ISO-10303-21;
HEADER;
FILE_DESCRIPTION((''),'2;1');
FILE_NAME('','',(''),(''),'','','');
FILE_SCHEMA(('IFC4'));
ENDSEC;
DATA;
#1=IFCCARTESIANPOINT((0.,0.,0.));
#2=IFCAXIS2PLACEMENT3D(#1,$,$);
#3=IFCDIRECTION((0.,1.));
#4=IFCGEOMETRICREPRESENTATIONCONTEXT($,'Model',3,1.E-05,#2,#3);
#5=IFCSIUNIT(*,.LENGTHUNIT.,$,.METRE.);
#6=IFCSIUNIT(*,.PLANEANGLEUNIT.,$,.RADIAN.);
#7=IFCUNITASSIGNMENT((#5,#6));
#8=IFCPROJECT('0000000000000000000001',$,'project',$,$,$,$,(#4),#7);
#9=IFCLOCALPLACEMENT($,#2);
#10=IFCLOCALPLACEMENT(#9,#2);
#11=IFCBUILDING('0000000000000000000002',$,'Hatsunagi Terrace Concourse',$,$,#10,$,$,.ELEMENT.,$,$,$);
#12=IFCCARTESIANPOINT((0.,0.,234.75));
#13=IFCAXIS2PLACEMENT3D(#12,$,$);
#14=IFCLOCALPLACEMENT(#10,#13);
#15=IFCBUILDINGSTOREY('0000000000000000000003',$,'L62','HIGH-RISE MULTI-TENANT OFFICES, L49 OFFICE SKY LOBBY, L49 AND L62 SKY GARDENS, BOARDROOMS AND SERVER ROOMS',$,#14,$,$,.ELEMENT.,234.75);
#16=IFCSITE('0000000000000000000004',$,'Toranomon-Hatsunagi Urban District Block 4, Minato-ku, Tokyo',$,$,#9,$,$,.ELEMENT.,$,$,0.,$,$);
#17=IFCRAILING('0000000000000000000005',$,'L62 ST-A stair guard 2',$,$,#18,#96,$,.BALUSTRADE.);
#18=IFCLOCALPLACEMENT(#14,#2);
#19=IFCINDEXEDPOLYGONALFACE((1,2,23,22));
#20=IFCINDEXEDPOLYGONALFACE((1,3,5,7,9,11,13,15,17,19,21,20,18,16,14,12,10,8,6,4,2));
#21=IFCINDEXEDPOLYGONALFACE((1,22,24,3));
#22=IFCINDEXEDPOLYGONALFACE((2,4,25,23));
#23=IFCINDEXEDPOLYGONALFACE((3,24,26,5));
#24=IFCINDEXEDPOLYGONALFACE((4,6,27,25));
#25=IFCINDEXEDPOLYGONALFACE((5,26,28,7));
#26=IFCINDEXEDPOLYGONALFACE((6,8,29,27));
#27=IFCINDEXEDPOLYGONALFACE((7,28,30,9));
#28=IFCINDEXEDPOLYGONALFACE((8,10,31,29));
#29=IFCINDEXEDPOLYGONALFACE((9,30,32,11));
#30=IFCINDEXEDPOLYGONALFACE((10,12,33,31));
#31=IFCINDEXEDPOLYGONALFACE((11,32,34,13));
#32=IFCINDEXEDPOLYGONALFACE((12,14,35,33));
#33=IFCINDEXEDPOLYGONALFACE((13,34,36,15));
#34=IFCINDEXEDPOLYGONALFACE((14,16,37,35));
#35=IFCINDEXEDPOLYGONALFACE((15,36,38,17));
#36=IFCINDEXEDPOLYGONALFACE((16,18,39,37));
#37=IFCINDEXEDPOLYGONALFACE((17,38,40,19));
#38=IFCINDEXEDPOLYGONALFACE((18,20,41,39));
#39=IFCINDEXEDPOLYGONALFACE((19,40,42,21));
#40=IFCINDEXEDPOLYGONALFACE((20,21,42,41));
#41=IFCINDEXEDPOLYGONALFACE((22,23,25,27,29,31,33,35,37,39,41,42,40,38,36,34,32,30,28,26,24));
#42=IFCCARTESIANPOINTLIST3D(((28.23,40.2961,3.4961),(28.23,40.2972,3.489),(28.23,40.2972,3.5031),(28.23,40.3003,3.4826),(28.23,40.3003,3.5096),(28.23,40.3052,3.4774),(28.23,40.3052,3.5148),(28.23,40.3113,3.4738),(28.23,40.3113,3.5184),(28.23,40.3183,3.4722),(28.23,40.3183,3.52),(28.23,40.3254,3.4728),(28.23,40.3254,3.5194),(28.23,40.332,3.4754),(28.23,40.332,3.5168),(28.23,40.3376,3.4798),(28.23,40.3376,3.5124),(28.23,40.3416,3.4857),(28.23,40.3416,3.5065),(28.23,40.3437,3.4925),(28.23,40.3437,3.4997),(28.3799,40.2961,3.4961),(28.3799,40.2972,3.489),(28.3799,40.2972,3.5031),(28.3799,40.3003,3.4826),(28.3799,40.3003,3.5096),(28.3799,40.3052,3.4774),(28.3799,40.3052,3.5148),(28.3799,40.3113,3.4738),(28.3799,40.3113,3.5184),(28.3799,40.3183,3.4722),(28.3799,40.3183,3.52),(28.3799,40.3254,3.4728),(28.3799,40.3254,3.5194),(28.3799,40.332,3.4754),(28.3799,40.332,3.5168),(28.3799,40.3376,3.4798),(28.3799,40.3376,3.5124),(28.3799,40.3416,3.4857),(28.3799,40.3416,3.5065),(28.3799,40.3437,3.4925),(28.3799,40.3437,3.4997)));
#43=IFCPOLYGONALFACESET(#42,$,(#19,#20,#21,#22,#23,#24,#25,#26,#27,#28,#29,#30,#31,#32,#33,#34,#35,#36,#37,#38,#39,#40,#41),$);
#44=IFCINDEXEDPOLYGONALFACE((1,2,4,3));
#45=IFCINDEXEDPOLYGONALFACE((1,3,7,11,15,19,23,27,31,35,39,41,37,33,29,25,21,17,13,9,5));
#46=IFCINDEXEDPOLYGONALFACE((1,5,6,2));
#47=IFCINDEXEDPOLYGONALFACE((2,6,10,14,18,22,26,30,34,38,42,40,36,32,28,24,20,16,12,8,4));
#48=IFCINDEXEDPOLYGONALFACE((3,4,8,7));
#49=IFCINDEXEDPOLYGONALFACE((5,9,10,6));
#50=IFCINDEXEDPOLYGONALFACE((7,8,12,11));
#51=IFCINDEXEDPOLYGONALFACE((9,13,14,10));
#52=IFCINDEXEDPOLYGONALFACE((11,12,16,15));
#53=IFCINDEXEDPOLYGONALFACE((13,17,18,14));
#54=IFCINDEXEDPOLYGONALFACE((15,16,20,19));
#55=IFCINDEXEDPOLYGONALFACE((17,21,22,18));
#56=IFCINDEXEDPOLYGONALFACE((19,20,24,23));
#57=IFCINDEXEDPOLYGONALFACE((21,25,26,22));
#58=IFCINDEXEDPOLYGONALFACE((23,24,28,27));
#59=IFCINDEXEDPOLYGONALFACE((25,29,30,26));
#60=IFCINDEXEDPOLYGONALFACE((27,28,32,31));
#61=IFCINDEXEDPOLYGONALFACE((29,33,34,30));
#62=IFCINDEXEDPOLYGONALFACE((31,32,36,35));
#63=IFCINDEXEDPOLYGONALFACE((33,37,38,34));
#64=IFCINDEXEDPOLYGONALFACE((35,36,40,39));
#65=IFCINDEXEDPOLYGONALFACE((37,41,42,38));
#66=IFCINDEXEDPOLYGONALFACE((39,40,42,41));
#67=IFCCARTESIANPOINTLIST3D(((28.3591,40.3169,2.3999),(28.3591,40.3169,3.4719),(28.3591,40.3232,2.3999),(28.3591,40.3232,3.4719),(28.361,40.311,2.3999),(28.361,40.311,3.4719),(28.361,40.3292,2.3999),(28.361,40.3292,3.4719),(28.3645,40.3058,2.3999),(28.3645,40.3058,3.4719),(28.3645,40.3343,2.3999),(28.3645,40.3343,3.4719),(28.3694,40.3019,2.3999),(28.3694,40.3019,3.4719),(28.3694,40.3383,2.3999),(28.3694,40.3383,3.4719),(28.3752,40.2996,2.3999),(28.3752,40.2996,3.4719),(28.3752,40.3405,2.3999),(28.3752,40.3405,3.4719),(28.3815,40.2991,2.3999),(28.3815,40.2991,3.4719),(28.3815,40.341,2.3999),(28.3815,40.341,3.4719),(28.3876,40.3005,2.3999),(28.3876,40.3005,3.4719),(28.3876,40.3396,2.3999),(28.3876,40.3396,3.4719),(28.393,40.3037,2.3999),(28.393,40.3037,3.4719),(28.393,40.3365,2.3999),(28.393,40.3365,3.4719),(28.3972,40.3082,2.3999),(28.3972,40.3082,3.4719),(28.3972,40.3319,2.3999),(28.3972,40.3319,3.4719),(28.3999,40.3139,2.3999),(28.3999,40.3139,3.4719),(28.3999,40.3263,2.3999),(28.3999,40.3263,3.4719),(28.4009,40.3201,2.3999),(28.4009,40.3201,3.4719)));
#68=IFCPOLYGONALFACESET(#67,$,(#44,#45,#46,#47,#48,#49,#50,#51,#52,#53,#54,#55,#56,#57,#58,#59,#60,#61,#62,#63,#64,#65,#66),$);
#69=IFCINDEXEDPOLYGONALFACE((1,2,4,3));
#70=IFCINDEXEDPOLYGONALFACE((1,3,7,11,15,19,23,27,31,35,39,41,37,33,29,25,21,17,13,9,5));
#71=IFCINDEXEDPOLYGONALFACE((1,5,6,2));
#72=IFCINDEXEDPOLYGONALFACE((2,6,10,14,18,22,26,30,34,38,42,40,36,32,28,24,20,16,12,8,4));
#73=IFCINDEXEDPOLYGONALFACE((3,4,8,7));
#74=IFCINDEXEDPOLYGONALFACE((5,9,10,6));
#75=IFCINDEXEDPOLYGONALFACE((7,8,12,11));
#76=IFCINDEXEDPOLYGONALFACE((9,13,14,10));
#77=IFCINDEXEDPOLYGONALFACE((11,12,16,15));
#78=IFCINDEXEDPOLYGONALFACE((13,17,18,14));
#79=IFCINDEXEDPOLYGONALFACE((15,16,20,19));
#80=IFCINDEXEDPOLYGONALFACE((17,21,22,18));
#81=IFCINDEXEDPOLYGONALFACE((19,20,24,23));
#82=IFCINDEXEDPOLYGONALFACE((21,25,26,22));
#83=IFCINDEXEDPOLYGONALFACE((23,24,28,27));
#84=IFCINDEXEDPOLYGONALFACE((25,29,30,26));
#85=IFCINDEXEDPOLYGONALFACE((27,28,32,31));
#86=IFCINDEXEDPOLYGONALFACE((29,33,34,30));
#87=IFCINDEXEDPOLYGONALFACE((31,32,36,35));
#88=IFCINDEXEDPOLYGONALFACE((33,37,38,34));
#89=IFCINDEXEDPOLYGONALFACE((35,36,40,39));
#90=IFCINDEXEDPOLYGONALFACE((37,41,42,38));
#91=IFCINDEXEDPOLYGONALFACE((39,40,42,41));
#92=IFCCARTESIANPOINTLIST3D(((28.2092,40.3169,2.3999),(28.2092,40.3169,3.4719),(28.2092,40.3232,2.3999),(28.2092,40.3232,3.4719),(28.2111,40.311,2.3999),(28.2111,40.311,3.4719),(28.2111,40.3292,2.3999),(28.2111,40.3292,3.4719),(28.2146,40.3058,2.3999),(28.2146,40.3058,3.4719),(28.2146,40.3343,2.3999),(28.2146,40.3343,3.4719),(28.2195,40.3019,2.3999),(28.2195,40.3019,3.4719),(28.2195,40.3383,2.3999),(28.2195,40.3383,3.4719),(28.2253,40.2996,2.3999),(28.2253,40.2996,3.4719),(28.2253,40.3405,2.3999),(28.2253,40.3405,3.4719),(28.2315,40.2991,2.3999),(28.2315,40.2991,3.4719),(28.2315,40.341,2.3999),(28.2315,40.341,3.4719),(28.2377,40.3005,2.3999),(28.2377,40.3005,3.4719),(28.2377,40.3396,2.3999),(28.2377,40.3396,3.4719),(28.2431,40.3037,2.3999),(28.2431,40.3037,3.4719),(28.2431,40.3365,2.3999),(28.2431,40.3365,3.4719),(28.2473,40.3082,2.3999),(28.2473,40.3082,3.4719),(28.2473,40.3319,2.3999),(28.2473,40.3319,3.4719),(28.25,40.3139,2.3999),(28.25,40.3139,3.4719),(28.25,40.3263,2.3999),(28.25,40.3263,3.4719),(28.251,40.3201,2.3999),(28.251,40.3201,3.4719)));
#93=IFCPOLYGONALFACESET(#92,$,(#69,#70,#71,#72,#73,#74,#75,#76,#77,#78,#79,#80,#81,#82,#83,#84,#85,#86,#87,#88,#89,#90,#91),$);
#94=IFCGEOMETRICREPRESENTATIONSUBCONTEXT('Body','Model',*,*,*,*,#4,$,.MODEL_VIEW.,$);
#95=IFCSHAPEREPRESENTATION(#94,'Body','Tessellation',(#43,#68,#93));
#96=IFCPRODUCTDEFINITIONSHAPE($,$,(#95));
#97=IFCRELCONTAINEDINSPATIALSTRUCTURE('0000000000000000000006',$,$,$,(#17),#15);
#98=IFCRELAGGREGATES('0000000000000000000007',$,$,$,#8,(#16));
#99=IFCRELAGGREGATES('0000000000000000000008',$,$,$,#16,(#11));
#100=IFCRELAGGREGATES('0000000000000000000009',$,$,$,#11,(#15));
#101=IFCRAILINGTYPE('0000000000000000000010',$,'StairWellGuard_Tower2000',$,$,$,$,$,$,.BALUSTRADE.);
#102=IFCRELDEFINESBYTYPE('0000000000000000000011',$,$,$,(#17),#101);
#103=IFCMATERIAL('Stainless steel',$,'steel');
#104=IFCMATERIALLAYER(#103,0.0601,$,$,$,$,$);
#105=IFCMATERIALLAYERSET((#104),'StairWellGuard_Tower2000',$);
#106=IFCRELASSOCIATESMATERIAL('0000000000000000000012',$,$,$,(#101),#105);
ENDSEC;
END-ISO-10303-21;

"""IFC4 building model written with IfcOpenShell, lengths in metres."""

from ifc_helpers import new_model, si_unit, direction, frame, origin, origin_2d, place, context, subcontext, project, spatial, circle, extrude, material, layer, layer_set, type_object, element, save


model = new_model("IFC4")

# Units and contexts
model_context = context("Model", 3, precision=1e-05, world=origin(), true_north=direction((0.0, 1.0)))
body_context = subcontext(model_context, "Body", "Model", "MODEL_VIEW")
ifc_project = project(units=[si_unit("LENGTHUNIT", "METRE"), si_unit("PLANEANGLEUNIT", "RADIAN")], contexts=[model_context])

# Site, building, storey
site_placement = place(None, origin())
site = spatial("IfcSite", under=ifc_project, at=site_placement, Name="Toranomon-Hatsunagi Urban District Block 4, Minato-ku, Tokyo", CompositionType="ELEMENT", RefElevation=0.0)
building_placement = place(site_placement, origin())
building = spatial("IfcBuilding", under=site, at=building_placement, Name="Hatsunagi Terrace Concourse", CompositionType="ELEMENT")
storey_placement = place(building_placement, frame((0.0, 0.0, 234.75)))
storey = spatial("IfcBuildingStorey", under=building, at=storey_placement, Name="L62", Description="HIGH-RISE MULTI-TENANT OFFICES, L49 OFFICE SKY LOBBY, L49 AND L62 SKY GARDENS, BOARDROOMS AND SERVER ROOMS", CompositionType="ELEMENT", Elevation=234.75)

# Railing
ifc_material_1 = material(Name="Stainless steel", Category="steel")
ifc_layer_1 = layer(ifc_material_1, 0.0601)
ifc_layer_set_1 = layer_set([ifc_layer_1], Name="StairWellGuard_Tower2000")
railing_type_1 = type_object("IfcRailingType", Name="StairWellGuard_Tower2000", PredefinedType="BALUSTRADE", material=ifc_layer_set_1)
railing_1_placement = place(storey_placement, frame((28.3799, 40.3201, 2.3999)))
element("IfcRailing", 1, at=railing_1_placement, inside=storey, type_object=railing_type_1, Name="L62 ST-A stair guard 2", PredefinedType="BALUSTRADE", context=body_context, shape_type="SweptSolid", body=[
    extrude(circle(Radius=0.0239, at=origin_2d()), frame((0.0, 0.0, 1.0962), z_axis=(-1.0, 0.0, 0.0), x_axis=(0.0, -1.0, 0.0)), (0.0, 0.0, 1.0), 0.1499),
    extrude(circle(Radius=0.021, at=origin_2d()), origin(), (0.0, 0.0, 1.0), 1.072),
    extrude(circle(Radius=0.021, at=origin_2d()), frame((-0.1499, 0.0, 0.0)), (0.0, 0.0, 1.0), 1.072),
])

save(model, "model.ifc")
